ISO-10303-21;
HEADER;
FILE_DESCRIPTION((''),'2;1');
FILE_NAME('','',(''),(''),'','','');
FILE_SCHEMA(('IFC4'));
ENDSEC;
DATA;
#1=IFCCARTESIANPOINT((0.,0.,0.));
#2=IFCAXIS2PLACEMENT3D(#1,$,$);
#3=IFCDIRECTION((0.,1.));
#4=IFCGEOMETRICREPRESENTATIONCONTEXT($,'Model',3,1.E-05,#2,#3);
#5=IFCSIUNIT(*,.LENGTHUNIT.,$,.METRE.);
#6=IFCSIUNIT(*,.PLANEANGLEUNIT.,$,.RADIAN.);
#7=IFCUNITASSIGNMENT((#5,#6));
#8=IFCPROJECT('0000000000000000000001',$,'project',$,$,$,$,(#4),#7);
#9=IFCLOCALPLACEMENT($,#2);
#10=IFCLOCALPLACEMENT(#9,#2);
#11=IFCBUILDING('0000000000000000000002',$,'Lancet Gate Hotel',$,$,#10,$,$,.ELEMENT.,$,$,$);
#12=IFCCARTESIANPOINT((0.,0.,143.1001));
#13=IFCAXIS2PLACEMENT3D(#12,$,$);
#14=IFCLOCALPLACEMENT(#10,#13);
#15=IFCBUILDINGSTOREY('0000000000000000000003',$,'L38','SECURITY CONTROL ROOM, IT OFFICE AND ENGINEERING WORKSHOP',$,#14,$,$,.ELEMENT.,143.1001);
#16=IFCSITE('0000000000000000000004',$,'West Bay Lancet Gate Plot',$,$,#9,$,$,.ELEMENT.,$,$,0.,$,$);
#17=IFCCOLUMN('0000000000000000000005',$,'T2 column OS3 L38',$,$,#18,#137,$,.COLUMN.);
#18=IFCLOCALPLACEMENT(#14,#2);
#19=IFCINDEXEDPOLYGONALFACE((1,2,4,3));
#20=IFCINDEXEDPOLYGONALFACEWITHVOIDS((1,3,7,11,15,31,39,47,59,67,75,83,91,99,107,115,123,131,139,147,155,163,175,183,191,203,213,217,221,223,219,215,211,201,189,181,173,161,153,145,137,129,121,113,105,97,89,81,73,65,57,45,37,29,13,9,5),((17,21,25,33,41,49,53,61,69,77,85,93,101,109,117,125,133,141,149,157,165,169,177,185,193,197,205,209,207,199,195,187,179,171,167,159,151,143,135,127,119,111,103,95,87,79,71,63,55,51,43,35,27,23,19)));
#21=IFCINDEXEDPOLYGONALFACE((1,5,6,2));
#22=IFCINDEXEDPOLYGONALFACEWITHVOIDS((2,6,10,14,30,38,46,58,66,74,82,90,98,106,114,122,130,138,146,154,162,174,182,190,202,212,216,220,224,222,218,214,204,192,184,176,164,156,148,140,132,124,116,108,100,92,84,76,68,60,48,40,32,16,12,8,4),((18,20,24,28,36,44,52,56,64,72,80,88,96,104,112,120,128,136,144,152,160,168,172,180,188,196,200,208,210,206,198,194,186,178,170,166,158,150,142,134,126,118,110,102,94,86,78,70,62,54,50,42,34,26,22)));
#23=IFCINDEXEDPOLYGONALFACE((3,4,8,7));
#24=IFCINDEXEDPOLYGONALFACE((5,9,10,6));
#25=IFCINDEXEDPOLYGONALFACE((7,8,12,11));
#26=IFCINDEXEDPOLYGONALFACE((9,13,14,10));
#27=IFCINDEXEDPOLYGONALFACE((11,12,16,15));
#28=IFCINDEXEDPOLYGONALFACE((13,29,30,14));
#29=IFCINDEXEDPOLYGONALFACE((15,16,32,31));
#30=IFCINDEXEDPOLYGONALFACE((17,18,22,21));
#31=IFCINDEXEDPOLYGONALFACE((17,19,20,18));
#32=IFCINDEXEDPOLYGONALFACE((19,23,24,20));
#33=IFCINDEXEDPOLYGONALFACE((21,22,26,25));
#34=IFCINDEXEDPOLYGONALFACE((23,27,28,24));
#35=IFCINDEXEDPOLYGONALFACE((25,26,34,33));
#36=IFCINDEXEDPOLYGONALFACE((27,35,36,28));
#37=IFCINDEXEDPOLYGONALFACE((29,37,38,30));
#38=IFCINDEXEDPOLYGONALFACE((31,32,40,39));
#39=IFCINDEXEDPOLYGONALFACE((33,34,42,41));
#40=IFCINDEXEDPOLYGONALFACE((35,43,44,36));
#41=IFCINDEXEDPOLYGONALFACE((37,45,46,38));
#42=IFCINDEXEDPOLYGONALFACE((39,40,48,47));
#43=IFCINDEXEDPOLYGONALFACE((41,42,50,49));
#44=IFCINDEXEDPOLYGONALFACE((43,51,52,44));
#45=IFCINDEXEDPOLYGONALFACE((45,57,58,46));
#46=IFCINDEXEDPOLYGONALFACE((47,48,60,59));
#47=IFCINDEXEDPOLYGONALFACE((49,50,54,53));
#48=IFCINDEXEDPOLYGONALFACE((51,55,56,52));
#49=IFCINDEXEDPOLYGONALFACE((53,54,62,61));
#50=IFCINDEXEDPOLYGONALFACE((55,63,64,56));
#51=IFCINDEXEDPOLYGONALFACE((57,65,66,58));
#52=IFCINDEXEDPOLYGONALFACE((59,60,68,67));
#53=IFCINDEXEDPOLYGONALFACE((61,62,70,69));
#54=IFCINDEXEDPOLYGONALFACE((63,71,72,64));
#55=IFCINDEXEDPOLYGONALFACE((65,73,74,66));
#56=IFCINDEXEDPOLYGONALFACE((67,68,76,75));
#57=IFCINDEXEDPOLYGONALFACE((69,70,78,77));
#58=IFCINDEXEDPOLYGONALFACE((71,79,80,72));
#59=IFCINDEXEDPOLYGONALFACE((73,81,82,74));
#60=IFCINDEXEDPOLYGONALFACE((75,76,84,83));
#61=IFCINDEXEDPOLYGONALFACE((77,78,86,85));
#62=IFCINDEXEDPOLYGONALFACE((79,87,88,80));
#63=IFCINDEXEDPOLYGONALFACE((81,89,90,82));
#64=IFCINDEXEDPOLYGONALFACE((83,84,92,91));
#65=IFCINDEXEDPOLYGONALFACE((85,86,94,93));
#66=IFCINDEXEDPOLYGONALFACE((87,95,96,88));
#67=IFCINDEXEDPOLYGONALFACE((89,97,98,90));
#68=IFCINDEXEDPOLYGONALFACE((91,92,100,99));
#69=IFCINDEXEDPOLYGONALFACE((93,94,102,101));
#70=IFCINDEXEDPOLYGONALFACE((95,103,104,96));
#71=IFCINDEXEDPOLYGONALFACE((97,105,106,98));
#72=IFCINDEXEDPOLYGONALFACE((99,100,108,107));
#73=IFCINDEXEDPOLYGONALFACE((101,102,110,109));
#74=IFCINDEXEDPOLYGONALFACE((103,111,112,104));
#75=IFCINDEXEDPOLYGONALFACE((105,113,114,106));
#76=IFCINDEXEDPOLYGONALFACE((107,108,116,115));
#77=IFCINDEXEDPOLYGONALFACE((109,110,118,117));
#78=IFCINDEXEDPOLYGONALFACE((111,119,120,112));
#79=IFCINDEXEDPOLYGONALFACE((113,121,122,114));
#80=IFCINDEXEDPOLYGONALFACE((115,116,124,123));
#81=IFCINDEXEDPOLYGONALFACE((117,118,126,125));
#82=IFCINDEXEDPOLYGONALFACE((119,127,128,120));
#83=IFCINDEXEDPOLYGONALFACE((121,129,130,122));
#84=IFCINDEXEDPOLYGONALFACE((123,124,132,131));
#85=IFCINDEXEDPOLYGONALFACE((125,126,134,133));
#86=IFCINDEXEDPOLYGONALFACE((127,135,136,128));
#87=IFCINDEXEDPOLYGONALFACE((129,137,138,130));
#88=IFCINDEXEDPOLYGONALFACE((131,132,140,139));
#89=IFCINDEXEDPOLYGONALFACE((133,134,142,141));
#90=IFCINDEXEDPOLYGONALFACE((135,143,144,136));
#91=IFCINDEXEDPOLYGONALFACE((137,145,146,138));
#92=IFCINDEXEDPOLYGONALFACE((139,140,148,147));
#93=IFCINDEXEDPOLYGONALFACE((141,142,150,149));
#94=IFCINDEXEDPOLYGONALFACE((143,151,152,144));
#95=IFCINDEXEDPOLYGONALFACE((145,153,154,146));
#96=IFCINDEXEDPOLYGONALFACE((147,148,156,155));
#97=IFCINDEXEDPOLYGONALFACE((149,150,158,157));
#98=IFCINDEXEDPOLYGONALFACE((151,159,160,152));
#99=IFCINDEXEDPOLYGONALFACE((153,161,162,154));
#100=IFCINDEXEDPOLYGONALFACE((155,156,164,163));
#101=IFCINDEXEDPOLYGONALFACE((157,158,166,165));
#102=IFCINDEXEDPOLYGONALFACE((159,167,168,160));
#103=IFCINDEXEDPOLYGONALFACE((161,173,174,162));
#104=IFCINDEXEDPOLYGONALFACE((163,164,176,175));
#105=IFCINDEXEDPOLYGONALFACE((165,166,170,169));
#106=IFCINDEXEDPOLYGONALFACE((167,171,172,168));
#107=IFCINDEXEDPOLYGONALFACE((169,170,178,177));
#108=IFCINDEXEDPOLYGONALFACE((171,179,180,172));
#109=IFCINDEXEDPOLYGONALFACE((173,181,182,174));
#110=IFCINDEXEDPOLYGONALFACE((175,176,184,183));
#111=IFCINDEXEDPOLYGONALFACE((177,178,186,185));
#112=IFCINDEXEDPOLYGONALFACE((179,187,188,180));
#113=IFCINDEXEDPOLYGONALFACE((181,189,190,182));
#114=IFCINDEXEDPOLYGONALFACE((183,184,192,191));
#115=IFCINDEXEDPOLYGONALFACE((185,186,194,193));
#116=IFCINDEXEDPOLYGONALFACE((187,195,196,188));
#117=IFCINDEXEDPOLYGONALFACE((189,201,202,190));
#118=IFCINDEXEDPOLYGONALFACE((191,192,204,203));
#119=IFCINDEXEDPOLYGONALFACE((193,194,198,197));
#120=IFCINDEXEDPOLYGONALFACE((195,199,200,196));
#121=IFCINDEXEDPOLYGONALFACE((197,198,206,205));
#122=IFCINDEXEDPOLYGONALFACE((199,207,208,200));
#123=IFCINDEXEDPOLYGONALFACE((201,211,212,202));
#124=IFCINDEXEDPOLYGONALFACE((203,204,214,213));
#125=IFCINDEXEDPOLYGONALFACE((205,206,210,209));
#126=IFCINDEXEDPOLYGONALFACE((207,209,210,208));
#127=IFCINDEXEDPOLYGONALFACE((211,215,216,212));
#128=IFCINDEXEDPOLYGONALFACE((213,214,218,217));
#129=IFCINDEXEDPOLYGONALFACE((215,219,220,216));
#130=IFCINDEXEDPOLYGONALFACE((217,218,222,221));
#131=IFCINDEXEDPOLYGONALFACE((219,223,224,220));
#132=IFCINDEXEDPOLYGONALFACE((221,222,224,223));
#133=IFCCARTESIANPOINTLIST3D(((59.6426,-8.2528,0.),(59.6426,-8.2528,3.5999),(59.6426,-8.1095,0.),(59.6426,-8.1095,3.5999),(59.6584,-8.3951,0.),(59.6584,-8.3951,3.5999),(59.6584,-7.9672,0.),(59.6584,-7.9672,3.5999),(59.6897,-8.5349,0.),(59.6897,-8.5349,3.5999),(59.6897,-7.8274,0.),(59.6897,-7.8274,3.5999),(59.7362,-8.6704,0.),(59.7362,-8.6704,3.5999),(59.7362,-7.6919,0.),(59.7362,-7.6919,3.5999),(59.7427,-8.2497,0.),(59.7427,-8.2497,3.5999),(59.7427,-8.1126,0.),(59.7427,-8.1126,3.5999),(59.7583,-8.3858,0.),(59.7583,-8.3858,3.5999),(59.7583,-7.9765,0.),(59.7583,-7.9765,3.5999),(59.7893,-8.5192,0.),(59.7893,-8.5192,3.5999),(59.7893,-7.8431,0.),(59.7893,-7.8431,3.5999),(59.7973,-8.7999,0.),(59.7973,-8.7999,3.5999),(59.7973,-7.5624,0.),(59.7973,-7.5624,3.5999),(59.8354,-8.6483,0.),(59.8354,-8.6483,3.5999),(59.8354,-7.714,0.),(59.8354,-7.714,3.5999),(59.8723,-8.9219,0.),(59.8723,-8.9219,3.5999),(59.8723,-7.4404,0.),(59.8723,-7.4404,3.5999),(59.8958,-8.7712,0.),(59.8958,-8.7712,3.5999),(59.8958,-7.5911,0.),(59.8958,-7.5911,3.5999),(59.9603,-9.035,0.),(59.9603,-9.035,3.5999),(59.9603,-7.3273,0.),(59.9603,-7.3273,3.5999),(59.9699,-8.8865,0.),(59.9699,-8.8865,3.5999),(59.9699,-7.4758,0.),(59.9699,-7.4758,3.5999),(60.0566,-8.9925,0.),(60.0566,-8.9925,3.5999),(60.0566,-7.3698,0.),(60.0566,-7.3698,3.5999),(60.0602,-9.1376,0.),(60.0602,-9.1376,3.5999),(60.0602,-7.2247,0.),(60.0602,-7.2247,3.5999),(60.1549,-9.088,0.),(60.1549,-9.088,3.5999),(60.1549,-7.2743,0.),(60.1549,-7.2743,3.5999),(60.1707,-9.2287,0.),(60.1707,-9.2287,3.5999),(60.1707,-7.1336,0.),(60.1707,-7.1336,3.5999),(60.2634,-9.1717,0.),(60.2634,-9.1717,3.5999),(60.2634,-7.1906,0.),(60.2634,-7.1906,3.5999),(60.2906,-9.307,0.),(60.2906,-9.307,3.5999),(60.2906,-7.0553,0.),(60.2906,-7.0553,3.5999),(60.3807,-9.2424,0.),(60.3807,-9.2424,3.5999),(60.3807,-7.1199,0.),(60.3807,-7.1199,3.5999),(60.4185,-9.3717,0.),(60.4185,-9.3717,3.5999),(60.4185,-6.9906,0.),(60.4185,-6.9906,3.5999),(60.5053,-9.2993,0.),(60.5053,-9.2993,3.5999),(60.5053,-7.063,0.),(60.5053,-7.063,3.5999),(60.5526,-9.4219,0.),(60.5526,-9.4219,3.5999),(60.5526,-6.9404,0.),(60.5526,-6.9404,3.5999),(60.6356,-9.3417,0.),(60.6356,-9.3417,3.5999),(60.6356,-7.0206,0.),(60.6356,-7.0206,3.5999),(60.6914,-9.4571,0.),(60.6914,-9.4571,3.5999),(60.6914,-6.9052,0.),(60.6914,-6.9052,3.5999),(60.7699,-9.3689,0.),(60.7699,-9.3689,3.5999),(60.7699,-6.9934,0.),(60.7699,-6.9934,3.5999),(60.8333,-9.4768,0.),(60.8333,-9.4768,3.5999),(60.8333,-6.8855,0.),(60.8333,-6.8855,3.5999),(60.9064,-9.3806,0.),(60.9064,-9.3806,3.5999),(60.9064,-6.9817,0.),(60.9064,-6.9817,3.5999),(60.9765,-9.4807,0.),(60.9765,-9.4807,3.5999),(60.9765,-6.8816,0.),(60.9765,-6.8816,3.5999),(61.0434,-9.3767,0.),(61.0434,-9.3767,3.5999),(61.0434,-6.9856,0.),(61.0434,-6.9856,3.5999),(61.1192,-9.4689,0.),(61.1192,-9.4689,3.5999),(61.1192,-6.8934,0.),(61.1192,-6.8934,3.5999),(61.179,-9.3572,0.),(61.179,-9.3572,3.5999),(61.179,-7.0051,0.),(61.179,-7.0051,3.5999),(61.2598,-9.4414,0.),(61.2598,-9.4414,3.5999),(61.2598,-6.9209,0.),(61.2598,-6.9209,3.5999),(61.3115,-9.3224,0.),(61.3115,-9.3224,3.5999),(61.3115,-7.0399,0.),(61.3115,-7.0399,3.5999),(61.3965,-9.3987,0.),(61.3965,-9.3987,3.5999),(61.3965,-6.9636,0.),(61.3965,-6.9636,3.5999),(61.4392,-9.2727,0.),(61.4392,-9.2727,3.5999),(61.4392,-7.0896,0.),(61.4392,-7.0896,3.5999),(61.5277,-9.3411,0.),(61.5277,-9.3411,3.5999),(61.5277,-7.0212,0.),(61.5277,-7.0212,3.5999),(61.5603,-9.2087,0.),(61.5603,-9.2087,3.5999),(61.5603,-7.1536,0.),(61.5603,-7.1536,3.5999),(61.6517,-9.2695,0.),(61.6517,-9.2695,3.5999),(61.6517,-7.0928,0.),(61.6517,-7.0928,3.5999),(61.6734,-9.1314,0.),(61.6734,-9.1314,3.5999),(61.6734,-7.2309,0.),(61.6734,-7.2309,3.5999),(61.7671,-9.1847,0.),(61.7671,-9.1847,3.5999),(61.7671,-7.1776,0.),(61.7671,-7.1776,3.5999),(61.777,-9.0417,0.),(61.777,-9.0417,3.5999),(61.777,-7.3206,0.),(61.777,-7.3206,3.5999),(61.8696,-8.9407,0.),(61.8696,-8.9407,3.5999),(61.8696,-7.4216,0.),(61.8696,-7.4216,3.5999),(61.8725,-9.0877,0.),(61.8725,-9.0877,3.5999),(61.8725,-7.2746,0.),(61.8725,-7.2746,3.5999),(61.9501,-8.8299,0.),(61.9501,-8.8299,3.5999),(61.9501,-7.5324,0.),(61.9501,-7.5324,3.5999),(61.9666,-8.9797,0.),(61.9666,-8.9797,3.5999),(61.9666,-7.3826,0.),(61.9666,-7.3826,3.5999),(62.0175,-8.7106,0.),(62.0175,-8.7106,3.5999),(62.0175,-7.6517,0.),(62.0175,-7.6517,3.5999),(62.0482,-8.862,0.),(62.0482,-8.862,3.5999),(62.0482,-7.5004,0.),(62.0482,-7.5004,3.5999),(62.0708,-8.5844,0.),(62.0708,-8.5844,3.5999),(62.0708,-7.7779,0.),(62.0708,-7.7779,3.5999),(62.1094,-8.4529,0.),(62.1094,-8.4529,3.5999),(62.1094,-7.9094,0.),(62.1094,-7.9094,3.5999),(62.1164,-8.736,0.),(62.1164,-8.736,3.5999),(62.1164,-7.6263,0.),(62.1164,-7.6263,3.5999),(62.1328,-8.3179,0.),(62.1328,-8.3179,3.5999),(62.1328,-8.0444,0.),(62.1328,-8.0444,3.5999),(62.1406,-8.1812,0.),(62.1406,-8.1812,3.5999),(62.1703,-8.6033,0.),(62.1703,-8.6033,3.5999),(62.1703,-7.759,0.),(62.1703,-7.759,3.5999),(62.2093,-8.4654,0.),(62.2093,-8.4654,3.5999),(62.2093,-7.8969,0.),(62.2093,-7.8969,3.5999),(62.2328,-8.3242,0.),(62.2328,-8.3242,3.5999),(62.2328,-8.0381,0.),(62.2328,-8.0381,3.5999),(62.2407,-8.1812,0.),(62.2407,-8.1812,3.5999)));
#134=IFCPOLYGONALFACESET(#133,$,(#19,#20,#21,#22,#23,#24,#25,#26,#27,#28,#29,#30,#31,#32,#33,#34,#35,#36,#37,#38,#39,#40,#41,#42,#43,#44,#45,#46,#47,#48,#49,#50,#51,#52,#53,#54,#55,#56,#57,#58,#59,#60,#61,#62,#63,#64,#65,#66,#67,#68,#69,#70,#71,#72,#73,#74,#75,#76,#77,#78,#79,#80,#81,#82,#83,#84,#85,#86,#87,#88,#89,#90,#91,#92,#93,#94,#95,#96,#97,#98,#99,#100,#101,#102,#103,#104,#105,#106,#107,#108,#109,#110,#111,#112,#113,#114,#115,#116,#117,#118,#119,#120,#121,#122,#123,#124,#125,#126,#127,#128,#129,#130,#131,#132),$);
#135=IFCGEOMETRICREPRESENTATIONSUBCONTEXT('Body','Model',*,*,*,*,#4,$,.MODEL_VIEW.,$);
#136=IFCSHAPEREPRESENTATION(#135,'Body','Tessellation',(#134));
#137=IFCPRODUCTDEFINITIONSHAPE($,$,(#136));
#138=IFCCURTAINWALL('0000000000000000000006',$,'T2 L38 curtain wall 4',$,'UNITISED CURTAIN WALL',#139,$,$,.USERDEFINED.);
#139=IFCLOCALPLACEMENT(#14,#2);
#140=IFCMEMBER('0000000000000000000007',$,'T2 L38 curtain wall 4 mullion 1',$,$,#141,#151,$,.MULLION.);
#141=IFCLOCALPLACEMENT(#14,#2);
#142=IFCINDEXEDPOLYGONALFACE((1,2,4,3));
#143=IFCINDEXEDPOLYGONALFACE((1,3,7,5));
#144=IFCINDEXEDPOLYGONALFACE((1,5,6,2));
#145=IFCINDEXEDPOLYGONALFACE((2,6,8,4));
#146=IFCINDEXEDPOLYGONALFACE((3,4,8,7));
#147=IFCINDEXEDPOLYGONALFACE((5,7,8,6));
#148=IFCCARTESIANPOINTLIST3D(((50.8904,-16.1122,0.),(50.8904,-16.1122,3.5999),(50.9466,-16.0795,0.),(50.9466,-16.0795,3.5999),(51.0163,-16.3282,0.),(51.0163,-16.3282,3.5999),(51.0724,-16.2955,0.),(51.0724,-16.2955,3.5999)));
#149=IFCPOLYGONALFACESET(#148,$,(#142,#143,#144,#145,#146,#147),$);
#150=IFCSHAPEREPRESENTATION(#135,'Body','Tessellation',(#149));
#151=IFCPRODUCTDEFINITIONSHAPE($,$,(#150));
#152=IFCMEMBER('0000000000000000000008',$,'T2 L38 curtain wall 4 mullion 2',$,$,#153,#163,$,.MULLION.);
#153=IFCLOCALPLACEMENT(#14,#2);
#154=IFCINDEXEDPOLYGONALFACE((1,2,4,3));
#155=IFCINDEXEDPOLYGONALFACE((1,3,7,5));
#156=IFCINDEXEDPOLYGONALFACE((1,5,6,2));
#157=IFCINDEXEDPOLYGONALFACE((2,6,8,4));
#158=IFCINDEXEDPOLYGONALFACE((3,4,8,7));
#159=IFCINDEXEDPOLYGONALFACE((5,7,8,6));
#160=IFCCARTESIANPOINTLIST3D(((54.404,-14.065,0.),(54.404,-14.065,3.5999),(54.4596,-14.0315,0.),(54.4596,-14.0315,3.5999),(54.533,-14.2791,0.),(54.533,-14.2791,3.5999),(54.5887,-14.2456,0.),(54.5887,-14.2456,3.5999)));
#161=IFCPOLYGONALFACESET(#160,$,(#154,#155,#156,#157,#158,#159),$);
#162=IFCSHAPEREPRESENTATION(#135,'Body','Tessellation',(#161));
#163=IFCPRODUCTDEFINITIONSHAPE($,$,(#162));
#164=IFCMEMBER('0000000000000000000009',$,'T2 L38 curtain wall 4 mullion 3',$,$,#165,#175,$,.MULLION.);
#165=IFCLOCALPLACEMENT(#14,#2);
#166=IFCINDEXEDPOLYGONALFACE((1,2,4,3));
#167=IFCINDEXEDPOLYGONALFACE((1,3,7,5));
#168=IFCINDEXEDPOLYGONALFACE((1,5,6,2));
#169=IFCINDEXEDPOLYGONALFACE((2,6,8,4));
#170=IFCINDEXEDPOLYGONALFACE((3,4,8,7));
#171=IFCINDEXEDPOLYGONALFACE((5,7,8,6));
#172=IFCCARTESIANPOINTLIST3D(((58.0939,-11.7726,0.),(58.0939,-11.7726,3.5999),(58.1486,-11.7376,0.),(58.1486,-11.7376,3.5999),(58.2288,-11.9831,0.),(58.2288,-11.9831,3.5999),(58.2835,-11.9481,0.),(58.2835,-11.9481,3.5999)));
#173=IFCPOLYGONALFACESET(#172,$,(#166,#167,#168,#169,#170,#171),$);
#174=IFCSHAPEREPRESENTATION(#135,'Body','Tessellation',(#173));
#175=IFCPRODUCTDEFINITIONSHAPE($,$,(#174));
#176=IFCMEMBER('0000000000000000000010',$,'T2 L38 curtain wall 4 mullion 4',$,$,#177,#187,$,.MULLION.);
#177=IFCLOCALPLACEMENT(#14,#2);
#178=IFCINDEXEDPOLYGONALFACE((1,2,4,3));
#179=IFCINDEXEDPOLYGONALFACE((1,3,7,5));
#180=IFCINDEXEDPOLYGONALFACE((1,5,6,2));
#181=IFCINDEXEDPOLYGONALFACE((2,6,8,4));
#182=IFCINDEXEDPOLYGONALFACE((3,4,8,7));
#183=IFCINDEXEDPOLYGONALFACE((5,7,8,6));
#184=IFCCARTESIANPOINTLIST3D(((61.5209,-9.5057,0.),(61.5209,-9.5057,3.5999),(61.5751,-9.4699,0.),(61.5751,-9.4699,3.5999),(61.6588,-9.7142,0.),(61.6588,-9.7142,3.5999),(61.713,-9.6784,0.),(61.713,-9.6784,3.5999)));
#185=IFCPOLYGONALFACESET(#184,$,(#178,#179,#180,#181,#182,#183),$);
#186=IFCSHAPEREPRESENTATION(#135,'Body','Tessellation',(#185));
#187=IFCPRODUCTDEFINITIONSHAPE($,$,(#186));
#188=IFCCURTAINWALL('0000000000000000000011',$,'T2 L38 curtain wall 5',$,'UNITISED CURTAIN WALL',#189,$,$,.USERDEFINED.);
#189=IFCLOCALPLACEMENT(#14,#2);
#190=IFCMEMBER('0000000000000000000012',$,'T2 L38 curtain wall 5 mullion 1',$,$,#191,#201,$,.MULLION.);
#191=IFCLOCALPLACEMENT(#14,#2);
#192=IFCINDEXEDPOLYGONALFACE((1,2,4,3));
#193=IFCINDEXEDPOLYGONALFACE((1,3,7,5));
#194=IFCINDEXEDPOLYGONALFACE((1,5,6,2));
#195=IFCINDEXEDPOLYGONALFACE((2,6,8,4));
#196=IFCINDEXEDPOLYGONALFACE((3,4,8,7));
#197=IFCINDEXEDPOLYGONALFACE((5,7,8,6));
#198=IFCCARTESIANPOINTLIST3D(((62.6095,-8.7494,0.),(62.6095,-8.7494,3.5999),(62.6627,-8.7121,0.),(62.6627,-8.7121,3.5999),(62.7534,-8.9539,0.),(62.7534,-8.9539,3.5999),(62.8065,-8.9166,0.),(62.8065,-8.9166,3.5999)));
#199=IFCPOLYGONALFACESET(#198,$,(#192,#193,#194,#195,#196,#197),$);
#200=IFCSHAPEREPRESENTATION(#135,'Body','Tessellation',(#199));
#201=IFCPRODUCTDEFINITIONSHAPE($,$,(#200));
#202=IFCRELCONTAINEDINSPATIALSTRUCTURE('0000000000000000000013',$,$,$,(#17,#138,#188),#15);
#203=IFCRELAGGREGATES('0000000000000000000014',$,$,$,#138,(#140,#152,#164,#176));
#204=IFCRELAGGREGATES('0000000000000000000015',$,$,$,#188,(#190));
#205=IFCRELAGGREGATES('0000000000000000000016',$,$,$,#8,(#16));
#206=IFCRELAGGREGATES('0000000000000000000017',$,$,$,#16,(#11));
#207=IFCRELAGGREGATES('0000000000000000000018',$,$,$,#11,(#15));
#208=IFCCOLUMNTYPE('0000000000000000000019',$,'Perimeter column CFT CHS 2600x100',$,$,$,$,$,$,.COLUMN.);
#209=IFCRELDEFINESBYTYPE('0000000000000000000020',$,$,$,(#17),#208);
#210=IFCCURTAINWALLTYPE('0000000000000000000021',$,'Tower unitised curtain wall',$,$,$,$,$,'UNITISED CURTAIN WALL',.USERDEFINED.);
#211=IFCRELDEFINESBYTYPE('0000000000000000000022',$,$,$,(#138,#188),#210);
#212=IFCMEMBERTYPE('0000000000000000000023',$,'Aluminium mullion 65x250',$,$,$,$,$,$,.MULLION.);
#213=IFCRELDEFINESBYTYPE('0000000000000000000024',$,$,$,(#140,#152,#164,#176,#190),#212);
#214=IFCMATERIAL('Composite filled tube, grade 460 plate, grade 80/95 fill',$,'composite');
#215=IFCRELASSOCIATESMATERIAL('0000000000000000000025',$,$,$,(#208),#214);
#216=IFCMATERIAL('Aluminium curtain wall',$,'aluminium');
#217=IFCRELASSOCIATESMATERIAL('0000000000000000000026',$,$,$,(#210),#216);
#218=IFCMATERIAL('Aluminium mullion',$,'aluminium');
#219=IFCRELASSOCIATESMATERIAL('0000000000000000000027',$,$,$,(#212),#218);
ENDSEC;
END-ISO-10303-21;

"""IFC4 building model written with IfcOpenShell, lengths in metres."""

from ifc_helpers import new_model, si_unit, direction, frame, origin, origin_2d, place, context, subcontext, project, spatial, rectangle, hollow_circle, extrude, material, material_profile, profile_set, type_object, element, aggregate, save


model = new_model("IFC4")

# Units and contexts
model_context = context("Model", 3, precision=1e-05, world=origin(), true_north=direction((0.0, 1.0)))
body_context = subcontext(model_context, "Body", "Model", "MODEL_VIEW")
ifc_project = project(units=[si_unit("LENGTHUNIT", "METRE"), si_unit("PLANEANGLEUNIT", "RADIAN")], contexts=[model_context])

# Site, building, storey
site_placement = place(None, origin())
site = spatial("IfcSite", under=ifc_project, at=site_placement, Name="West Bay Lancet Gate Plot", CompositionType="ELEMENT", RefElevation=0.0)
building_placement = place(site_placement, origin())
building = spatial("IfcBuilding", under=site, at=building_placement, Name="Lancet Gate Hotel", CompositionType="ELEMENT")
storey_placement = place(building_placement, frame((0.0, 0.0, 143.1001)))
storey = spatial("IfcBuildingStorey", under=building, at=storey_placement, Name="L38", Description="SECURITY CONTROL ROOM, IT OFFICE AND ENGINEERING WORKSHOP", CompositionType="ELEMENT", Elevation=143.1001)

# Column
ifc_material_1 = material(Name="Composite filled tube, grade 460 plate, grade 80/95 fill", Category="composite")
ifc_material_profile_1 = material_profile(ifc_material_1, hollow_circle(Radius=1.3, WallThickness=0.1001, at=origin_2d()), Name="CHS 2600x100")
ifc_profile_set_1 = profile_set([ifc_material_profile_1], Name="Composite filled tube, grade 460 plate, grade 80/95 fill")
column_type = type_object("IfcColumnType", Name="Perimeter column CFT CHS 2600x100", PredefinedType="COLUMN", material=ifc_profile_set_1)
column_placement = place(storey_placement, frame((60.9407, -8.1812, 0.0), z_axis=(0.0, 0.0, 1.0), x_axis=(1.0, 0.0, 0.0)))
element("IfcColumn", 1, at=column_placement, inside=storey, type_object=column_type, Name="T2 column OS3 L38", PredefinedType="COLUMN", context=body_context, shape_type="SweptSolid", body=[
    extrude(hollow_circle(Radius=1.3, WallThickness=0.1001, at=origin_2d()), origin(), (0.0, 0.0, 1.0), 3.5999),
])

# Curtain walls, members
ifc_material_2 = material(Name="Aluminium curtain wall", Category="aluminium")
curtain_wall_type = type_object("IfcCurtainWallType", Name="Tower unitised curtain wall", ElementType="UNITISED CURTAIN WALL", PredefinedType="USERDEFINED", material=ifc_material_2)
curtain_wall_1_placement = place(storey_placement, origin())
curtain_wall_1 = element("IfcCurtainWall", 2, at=curtain_wall_1_placement, inside=storey, type_object=curtain_wall_type, Name="T2 L38 curtain wall 4", ObjectType="UNITISED CURTAIN WALL", PredefinedType="USERDEFINED")
ifc_material_3 = material(Name="Aluminium mullion", Category="aluminium")
ifc_material_profile_2 = material_profile(ifc_material_3, rectangle(XDim=0.0649, YDim=0.25, at=origin_2d()), Name="MULLION 65x250")
ifc_profile_set_2 = profile_set([ifc_material_profile_2], Name="Aluminium mullion")
member_type_1 = type_object("IfcMemberType", Name="Aluminium mullion 65x250", PredefinedType="MULLION", material=ifc_profile_set_2)
member_1_placement = place(storey_placement, frame((50.9814, -16.2039, 0.0), z_axis=(0.0, 0.0, 1.0), x_axis=(0.863966, 0.503551, 0.0)))
member_1 = element("IfcMember", 3, at=member_1_placement, type_object=member_type_1, Name="T2 L38 curtain wall 4 mullion 1", PredefinedType="MULLION", context=body_context, shape_type="SweptSolid", body=[
    extrude(rectangle(XDim=0.0649, YDim=0.25, at=origin_2d()), origin(), (0.0, 0.0, 1.0), 3.5999),
])
member_2_placement = place(storey_placement, frame((54.4963, -14.1553, 0.0), z_axis=(0.0, 0.0, 1.0), x_axis=(0.856485, 0.516171, 0.0)))
member_2 = element("IfcMember", 4, at=member_2_placement, type_object=member_type_1, Name="T2 L38 curtain wall 4 mullion 2", PredefinedType="MULLION", context=body_context, shape_type="SweptSolid", body=[
    extrude(rectangle(XDim=0.0649, YDim=0.25, at=origin_2d()), origin(), (0.0, 0.0, 1.0), 3.5999),
])
member_3_placement = place(storey_placement, frame((58.1887, -11.8604, 0.0), z_axis=(0.0, 0.0, 1.0), x_axis=(0.841951, 0.539555, 0.0)))
member_3 = element("IfcMember", 5, at=member_3_placement, type_object=member_type_1, Name="T2 L38 curtain wall 4 mullion 3", PredefinedType="MULLION", context=body_context, shape_type="SweptSolid", body=[
    extrude(rectangle(XDim=0.0649, YDim=0.25, at=origin_2d()), origin(), (0.0, 0.0, 1.0), 3.5999),
])
member_4_placement = place(storey_placement, frame((61.6169, -9.592, 0.0), z_axis=(0.0, 0.0, 1.0), x_axis=(0.833985, 0.551787, 0.0)))
member_4 = element("IfcMember", 6, at=member_4_placement, type_object=member_type_1, Name="T2 L38 curtain wall 4 mullion 4", PredefinedType="MULLION", context=body_context, shape_type="SweptSolid", body=[
    extrude(rectangle(XDim=0.0649, YDim=0.25, at=origin_2d()), origin(), (0.0, 0.0, 1.0), 3.5999),
])
curtain_wall_2_placement = place(storey_placement, origin())
curtain_wall_2 = element("IfcCurtainWall", 7, at=curtain_wall_2_placement, inside=storey, type_object=curtain_wall_type, Name="T2 L38 curtain wall 5", ObjectType="UNITISED CURTAIN WALL", PredefinedType="USERDEFINED")
member_5_placement = place(storey_placement, frame((62.708, -8.833, 0.0), z_axis=(0.0, 0.0, 1.0), x_axis=(0.817979, 0.575247, 0.0)))
member_5 = element("IfcMember", 8, at=member_5_placement, type_object=member_type_1, Name="T2 L38 curtain wall 5 mullion 1", PredefinedType="MULLION", context=body_context, shape_type="SweptSolid", body=[
    extrude(rectangle(XDim=0.0649, YDim=0.25, at=origin_2d()), origin(), (0.0, 0.0, 1.0), 3.5999),
])

aggregate(curtain_wall_1, [member_1, member_2, member_3, member_4])
aggregate(curtain_wall_2, [member_5])

save(model, "model.ifc")
